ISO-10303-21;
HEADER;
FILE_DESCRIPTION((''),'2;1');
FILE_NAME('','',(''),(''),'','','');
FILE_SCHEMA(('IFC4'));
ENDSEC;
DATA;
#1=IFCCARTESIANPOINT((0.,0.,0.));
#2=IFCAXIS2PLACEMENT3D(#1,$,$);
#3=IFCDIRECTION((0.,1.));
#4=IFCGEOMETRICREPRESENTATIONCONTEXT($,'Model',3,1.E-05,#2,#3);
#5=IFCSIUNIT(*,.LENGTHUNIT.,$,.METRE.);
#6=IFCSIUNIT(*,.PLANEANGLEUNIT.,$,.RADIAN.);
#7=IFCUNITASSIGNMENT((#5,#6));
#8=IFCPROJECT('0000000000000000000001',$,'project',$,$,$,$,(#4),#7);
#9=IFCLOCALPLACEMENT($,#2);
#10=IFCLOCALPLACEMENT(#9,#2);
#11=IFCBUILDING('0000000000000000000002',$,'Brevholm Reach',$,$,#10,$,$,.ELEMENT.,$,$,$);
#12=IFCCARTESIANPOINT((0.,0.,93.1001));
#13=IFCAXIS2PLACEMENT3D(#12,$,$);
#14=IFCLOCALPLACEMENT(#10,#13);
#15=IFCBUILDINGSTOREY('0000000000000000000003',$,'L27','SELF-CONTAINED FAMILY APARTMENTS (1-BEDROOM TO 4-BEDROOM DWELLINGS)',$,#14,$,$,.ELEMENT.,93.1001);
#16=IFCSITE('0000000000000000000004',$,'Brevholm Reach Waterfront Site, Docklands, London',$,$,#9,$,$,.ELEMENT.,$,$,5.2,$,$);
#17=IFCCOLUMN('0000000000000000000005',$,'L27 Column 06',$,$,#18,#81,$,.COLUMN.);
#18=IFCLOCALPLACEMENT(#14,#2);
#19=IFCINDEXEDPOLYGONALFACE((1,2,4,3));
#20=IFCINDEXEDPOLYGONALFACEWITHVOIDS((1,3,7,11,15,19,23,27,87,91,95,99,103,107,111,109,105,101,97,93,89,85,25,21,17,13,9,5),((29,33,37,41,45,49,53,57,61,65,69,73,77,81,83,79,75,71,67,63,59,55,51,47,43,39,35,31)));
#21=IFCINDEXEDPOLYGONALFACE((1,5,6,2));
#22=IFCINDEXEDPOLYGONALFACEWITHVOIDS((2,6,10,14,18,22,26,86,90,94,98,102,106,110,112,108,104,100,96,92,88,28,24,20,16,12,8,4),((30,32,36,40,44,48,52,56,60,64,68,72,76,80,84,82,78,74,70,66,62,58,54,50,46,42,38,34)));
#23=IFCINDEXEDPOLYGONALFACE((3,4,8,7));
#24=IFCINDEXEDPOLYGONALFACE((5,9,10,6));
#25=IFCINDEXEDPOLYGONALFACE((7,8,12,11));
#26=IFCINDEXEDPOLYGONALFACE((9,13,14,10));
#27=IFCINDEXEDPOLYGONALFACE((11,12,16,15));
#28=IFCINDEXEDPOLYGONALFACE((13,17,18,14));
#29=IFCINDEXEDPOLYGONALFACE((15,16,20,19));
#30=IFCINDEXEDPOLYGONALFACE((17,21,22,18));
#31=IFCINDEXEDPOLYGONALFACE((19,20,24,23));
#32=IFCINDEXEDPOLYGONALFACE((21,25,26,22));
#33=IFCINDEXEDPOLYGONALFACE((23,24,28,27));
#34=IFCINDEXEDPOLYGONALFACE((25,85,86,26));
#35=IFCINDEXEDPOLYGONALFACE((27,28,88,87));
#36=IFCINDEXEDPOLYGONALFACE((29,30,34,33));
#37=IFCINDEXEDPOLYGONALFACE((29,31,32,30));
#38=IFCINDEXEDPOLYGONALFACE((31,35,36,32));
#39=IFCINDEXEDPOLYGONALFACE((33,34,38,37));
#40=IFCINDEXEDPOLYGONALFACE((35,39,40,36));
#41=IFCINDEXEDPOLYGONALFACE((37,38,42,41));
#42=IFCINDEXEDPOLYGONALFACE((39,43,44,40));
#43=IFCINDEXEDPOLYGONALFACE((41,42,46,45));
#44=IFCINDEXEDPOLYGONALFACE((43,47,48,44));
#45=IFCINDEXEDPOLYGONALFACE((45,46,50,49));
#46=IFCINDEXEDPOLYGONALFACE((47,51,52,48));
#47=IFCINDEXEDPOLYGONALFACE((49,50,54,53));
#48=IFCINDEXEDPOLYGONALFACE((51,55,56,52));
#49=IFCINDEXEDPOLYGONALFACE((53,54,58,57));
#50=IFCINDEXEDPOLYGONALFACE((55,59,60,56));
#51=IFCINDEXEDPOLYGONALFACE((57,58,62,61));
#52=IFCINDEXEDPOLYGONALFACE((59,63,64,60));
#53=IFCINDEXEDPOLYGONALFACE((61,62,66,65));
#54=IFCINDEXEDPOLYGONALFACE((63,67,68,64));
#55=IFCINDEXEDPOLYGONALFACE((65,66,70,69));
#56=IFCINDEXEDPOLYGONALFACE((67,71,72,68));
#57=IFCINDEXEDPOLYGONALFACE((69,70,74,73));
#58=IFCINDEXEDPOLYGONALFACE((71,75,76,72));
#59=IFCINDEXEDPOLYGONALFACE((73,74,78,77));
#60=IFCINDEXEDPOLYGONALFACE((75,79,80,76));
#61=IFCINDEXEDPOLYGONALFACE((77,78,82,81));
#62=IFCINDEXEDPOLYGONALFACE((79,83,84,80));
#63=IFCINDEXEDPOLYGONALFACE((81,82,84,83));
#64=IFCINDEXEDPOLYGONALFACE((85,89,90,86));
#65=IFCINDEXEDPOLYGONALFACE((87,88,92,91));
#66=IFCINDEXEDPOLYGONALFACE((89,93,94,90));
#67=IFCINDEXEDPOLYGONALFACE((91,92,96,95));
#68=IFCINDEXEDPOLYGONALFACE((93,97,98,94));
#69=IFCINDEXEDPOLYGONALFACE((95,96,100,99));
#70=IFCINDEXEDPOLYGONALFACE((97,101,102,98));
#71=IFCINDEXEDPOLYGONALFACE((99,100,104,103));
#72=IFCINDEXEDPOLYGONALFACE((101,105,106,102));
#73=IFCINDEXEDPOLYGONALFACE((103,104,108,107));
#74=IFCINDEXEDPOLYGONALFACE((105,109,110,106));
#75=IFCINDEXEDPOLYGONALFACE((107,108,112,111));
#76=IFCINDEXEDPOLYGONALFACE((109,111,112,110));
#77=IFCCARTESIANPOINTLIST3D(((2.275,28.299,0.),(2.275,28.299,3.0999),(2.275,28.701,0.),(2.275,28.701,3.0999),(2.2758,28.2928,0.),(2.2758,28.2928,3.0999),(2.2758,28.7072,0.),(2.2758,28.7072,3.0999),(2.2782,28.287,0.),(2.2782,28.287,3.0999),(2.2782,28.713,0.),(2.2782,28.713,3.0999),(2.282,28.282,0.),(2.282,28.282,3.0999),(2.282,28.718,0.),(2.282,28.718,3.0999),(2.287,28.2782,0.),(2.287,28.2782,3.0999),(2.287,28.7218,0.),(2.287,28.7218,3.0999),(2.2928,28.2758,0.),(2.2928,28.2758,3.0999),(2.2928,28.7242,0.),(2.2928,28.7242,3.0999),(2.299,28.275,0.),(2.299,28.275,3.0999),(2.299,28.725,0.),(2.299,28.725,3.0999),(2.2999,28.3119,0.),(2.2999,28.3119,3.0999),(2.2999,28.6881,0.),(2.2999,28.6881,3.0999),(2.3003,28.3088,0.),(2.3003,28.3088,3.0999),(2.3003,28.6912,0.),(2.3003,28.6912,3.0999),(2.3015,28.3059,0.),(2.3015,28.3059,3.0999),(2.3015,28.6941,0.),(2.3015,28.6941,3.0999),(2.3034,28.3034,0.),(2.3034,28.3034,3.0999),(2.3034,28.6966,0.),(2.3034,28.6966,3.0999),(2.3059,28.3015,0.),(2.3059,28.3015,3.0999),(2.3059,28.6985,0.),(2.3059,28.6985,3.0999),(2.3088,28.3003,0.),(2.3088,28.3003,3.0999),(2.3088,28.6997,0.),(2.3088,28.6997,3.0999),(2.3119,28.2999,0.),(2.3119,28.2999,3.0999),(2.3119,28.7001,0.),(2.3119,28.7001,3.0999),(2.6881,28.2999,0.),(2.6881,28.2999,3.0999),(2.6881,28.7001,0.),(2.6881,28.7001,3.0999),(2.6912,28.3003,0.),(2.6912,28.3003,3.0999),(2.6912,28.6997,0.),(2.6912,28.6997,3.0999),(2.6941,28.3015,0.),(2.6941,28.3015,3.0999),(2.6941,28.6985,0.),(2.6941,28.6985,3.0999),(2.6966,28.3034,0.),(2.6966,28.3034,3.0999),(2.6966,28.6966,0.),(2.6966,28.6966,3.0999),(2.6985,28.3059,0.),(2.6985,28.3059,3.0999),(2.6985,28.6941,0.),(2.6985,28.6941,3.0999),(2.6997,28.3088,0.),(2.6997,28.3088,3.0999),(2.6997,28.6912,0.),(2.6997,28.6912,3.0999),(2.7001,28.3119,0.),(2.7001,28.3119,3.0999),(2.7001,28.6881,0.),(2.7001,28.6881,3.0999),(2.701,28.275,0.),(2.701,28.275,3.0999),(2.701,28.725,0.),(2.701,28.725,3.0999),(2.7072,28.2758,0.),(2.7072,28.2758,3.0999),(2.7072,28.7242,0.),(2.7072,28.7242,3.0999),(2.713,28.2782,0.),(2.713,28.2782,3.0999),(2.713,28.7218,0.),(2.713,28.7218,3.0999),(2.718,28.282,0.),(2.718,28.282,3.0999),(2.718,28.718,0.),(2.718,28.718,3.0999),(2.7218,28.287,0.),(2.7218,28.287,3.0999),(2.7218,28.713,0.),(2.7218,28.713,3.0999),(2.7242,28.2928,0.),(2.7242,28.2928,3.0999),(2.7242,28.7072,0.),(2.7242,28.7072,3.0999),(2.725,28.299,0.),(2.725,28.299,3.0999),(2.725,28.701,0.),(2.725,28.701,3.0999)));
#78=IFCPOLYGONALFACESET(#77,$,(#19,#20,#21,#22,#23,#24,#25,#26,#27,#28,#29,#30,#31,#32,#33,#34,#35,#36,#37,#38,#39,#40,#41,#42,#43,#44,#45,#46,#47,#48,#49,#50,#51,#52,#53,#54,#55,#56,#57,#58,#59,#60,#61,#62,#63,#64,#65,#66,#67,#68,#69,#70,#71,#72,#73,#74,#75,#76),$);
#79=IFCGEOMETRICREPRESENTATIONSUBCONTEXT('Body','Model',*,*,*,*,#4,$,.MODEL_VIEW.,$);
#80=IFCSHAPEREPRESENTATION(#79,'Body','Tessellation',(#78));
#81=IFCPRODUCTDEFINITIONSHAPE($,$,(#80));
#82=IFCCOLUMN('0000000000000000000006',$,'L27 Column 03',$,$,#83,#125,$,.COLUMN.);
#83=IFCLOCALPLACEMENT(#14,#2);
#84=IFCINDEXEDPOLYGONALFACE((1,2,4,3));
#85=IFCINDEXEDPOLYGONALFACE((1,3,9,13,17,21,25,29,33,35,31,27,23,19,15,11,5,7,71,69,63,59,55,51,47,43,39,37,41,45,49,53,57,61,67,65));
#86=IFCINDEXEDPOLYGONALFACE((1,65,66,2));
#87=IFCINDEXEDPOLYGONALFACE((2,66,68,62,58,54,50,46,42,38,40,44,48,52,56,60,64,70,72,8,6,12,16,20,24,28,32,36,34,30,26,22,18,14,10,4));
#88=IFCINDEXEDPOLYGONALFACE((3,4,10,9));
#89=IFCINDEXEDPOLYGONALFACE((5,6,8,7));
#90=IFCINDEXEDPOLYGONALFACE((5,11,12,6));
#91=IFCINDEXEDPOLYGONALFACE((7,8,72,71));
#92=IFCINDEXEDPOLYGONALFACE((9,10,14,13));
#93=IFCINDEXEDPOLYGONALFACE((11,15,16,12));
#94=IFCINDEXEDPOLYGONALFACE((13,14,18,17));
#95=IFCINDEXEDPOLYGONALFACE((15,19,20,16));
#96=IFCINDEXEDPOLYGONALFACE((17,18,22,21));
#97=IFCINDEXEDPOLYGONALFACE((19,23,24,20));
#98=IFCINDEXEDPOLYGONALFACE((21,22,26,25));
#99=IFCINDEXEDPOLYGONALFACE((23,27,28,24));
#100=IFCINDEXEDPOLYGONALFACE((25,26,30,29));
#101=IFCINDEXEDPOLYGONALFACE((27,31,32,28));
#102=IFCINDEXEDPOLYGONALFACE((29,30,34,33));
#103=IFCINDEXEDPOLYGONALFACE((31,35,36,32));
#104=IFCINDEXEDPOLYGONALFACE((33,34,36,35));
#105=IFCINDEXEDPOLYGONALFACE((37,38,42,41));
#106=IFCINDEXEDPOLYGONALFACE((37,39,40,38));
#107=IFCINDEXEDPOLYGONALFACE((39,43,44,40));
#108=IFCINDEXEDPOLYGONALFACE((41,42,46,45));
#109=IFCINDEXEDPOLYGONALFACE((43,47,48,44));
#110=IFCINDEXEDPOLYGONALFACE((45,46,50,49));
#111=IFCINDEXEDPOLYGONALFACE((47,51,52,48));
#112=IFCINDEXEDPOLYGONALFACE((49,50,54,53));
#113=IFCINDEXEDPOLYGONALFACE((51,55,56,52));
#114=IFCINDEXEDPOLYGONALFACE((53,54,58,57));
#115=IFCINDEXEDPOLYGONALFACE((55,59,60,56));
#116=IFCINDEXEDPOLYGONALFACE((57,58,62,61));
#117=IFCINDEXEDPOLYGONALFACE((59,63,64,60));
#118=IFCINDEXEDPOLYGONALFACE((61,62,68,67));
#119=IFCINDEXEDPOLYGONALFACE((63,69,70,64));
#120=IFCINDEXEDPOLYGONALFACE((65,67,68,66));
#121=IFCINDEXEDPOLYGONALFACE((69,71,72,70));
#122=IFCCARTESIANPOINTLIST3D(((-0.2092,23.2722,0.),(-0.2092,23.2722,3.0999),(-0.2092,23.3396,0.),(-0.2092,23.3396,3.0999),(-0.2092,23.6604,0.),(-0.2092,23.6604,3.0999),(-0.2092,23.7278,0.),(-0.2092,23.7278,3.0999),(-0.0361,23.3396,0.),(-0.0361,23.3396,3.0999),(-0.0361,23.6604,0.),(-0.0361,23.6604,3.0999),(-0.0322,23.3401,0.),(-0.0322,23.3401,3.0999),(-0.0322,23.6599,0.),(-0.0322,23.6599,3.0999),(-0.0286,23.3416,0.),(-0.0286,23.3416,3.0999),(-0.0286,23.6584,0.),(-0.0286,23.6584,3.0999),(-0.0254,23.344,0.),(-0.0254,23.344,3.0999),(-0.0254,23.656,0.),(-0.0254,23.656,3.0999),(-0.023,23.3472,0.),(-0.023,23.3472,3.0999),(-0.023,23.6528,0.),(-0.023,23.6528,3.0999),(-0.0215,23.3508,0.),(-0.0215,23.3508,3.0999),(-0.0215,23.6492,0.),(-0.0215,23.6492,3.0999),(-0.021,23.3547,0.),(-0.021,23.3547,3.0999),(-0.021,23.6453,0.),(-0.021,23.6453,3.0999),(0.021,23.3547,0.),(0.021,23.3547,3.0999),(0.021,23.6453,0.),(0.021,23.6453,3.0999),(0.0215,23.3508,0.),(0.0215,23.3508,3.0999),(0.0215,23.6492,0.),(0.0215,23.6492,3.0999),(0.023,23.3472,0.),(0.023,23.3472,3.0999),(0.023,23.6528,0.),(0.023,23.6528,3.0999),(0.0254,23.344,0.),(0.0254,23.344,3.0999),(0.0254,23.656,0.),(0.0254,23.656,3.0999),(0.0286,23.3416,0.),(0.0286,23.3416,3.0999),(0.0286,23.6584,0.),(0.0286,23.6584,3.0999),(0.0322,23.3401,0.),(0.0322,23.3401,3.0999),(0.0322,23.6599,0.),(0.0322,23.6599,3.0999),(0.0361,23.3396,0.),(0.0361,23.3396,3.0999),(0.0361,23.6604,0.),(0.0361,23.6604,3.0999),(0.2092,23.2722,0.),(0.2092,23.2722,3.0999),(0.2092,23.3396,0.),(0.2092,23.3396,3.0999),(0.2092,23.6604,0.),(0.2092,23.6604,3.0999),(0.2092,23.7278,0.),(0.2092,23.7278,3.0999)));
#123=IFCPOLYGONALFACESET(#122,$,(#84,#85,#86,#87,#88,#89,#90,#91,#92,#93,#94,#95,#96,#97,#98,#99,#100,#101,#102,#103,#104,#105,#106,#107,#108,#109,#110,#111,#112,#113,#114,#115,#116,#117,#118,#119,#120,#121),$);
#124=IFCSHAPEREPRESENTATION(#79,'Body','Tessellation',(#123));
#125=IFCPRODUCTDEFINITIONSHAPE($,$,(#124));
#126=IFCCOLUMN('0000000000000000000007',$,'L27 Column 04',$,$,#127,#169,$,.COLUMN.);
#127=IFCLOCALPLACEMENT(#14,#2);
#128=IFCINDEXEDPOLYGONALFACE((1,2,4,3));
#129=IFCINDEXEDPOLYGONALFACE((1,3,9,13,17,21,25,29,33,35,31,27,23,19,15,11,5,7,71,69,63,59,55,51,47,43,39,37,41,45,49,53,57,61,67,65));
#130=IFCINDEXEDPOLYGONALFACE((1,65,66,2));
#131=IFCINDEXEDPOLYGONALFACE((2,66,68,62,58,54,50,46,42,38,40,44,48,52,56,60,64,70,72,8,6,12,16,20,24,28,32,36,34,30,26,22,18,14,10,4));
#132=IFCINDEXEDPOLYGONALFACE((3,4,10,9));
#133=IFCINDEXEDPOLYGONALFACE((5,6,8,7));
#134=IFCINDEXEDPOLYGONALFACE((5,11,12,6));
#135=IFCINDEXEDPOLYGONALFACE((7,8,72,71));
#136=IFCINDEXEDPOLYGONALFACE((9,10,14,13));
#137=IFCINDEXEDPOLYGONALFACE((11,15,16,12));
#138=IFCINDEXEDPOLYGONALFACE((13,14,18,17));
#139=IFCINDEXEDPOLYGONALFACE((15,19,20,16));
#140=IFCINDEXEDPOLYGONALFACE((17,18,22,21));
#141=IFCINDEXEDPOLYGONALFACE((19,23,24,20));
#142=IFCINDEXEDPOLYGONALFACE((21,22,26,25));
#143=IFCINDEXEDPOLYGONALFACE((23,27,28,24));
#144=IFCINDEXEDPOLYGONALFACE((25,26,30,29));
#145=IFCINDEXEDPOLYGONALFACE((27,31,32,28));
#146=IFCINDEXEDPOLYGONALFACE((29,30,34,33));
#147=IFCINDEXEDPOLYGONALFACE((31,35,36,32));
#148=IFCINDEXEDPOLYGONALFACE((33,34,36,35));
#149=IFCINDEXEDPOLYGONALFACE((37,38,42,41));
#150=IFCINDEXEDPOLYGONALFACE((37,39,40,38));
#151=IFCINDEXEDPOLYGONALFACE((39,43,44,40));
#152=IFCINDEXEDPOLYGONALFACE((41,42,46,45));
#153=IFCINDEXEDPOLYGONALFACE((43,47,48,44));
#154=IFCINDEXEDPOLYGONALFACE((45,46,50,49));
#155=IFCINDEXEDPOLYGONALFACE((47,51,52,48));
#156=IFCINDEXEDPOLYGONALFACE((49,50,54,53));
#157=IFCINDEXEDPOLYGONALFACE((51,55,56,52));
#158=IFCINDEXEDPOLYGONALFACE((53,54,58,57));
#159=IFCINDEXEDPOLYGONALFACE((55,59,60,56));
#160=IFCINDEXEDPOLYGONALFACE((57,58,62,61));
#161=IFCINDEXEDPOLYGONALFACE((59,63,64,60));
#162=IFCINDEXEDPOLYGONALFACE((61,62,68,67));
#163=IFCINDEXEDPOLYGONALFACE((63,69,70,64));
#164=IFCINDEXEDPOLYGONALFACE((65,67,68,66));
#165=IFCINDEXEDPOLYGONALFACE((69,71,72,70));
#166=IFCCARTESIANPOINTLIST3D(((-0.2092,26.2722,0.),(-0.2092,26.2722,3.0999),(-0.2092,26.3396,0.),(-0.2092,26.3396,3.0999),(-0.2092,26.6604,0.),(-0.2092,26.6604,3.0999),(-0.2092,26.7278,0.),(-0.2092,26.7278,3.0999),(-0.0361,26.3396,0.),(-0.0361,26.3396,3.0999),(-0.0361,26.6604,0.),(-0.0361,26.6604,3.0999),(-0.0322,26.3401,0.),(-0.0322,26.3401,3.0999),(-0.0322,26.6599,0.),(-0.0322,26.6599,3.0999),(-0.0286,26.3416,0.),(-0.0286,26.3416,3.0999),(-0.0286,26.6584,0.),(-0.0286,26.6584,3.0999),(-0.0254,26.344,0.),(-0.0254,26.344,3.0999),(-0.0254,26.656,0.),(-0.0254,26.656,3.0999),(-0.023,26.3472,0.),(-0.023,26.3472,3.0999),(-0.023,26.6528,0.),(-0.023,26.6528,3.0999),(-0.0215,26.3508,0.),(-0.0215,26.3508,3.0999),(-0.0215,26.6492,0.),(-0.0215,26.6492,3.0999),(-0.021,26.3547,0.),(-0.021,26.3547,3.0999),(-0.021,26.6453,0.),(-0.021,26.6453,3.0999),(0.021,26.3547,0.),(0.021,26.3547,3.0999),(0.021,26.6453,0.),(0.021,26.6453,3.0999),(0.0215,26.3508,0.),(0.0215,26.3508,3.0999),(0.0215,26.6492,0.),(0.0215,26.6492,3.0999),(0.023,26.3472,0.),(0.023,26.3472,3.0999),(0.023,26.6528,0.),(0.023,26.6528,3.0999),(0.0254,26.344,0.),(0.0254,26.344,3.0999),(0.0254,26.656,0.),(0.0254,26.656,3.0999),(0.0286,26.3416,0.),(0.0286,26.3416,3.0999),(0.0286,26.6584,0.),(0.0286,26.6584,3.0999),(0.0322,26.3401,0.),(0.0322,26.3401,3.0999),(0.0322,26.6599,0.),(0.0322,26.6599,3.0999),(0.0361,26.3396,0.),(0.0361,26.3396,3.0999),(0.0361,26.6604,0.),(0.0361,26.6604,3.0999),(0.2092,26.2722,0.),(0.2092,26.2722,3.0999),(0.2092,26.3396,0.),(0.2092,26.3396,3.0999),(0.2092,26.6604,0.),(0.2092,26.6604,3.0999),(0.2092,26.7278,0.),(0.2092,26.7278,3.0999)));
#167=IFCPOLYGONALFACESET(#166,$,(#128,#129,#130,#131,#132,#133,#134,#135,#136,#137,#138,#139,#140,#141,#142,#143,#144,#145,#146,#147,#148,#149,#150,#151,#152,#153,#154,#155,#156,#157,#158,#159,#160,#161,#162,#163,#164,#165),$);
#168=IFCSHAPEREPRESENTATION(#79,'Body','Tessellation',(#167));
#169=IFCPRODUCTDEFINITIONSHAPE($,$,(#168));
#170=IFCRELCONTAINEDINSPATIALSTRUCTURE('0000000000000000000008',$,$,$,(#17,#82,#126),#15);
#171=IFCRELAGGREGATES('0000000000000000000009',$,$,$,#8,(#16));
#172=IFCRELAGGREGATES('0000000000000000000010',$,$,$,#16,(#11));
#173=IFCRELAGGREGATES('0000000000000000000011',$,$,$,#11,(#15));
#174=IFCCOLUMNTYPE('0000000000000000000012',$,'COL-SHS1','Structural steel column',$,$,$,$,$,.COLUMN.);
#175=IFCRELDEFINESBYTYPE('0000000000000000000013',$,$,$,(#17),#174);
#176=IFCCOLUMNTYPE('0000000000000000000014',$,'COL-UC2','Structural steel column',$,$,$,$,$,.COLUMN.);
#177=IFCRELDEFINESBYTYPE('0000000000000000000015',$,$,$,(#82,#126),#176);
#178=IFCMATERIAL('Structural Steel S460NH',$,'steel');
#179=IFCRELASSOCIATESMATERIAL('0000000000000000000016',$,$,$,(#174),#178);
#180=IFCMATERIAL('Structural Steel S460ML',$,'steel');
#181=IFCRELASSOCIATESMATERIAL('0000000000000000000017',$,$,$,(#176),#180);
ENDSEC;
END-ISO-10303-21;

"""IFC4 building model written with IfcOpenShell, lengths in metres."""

from ifc_helpers import new_model, si_unit, direction, frame, origin, origin_2d, place, context, subcontext, project, spatial, hollow_rectangle, i_section, extrude, material, material_profile, profile_set, type_object, element, save


model = new_model("IFC4")

# Units and contexts
model_context = context("Model", 3, precision=1e-05, world=origin(), true_north=direction((0.0, 1.0)))
body_context = subcontext(model_context, "Body", "Model", "MODEL_VIEW")
ifc_project = project(units=[si_unit("LENGTHUNIT", "METRE"), si_unit("PLANEANGLEUNIT", "RADIAN")], contexts=[model_context])

# Site, building, storey
site_placement = place(None, origin())
site = spatial("IfcSite", under=ifc_project, at=site_placement, Name="Brevholm Reach Waterfront Site, Docklands, London", CompositionType="ELEMENT", RefElevation=5.2)
building_placement = place(site_placement, origin())
building = spatial("IfcBuilding", under=site, at=building_placement, Name="Brevholm Reach", CompositionType="ELEMENT")
storey_placement = place(building_placement, frame((0.0, 0.0, 93.1001)))
storey = spatial("IfcBuildingStorey", under=building, at=storey_placement, Name="L27", Description="SELF-CONTAINED FAMILY APARTMENTS (1-BEDROOM TO 4-BEDROOM DWELLINGS)", CompositionType="ELEMENT", Elevation=93.1001)

# Columns
ifc_material_1 = material(Name="Structural Steel S460NH", Category="steel")
ifc_material_profile_1 = material_profile(ifc_material_1, hollow_rectangle(XDim=0.45, YDim=0.45, WallThickness=0.0249, InnerFilletRadius=0.012, OuterFilletRadius=0.0239, at=origin_2d()), Name="SHS 450x450x25")
ifc_profile_set_1 = profile_set([ifc_material_profile_1], Name="Structural Steel S460NH")
column_type_1 = type_object("IfcColumnType", Name="COL-SHS1", Description="Structural steel column", PredefinedType="COLUMN", material=ifc_profile_set_1)
column_1_placement = place(storey_placement, frame((2.5, 28.5, 0.0), z_axis=(0.0, 0.0, 1.0), x_axis=(1.0, 0.0, 0.0)))
element("IfcColumn", 1, at=column_1_placement, inside=storey, type_object=column_type_1, Name="L27 Column 06", PredefinedType="COLUMN", context=body_context, shape_type="SweptSolid", body=[
    extrude(hollow_rectangle(XDim=0.45, YDim=0.45, WallThickness=0.0249, InnerFilletRadius=0.012, OuterFilletRadius=0.0239, at=origin_2d()), origin(), (0.0, 0.0, 1.0), 3.0999),
])
ifc_material_2 = material(Name="Structural Steel S460ML", Category="steel")
ifc_material_profile_2 = material_profile(ifc_material_2, i_section(OverallWidth=0.4185, OverallDepth=0.4556, WebThickness=0.042, FlangeThickness=0.0674, FilletRadius=0.0151, at=origin_2d()), Name="UKC 356x406x551")
ifc_profile_set_2 = profile_set([ifc_material_profile_2], Name="Structural Steel S460ML")
column_type_2 = type_object("IfcColumnType", Name="COL-UC2", Description="Structural steel column", PredefinedType="COLUMN", material=ifc_profile_set_2)
for number, where, z_axis, x_axis, name in (
    (2, (0.0, 23.5, 0.0), (0.0, 0.0, 1.0), (1.0, 0.0, 0.0), "L27 Column 03"),
    (3, (0.0, 26.5, 0.0), (0.0, 0.0, 1.0), (1.0, 0.0, 0.0), "L27 Column 04"),
):
    element("IfcColumn", number, at=place(storey_placement, frame(where, z_axis=z_axis, x_axis=x_axis)), inside=storey, type_object=column_type_2, Name=name, PredefinedType="COLUMN", context=body_context, shape_type="SweptSolid", body=[
        extrude(i_section(OverallWidth=0.4185, OverallDepth=0.4556, WebThickness=0.042, FlangeThickness=0.0674, FilletRadius=0.0151, at=origin_2d()), origin(), (0.0, 0.0, 1.0), 3.0999),
    ])

save(model, "model.ifc")
